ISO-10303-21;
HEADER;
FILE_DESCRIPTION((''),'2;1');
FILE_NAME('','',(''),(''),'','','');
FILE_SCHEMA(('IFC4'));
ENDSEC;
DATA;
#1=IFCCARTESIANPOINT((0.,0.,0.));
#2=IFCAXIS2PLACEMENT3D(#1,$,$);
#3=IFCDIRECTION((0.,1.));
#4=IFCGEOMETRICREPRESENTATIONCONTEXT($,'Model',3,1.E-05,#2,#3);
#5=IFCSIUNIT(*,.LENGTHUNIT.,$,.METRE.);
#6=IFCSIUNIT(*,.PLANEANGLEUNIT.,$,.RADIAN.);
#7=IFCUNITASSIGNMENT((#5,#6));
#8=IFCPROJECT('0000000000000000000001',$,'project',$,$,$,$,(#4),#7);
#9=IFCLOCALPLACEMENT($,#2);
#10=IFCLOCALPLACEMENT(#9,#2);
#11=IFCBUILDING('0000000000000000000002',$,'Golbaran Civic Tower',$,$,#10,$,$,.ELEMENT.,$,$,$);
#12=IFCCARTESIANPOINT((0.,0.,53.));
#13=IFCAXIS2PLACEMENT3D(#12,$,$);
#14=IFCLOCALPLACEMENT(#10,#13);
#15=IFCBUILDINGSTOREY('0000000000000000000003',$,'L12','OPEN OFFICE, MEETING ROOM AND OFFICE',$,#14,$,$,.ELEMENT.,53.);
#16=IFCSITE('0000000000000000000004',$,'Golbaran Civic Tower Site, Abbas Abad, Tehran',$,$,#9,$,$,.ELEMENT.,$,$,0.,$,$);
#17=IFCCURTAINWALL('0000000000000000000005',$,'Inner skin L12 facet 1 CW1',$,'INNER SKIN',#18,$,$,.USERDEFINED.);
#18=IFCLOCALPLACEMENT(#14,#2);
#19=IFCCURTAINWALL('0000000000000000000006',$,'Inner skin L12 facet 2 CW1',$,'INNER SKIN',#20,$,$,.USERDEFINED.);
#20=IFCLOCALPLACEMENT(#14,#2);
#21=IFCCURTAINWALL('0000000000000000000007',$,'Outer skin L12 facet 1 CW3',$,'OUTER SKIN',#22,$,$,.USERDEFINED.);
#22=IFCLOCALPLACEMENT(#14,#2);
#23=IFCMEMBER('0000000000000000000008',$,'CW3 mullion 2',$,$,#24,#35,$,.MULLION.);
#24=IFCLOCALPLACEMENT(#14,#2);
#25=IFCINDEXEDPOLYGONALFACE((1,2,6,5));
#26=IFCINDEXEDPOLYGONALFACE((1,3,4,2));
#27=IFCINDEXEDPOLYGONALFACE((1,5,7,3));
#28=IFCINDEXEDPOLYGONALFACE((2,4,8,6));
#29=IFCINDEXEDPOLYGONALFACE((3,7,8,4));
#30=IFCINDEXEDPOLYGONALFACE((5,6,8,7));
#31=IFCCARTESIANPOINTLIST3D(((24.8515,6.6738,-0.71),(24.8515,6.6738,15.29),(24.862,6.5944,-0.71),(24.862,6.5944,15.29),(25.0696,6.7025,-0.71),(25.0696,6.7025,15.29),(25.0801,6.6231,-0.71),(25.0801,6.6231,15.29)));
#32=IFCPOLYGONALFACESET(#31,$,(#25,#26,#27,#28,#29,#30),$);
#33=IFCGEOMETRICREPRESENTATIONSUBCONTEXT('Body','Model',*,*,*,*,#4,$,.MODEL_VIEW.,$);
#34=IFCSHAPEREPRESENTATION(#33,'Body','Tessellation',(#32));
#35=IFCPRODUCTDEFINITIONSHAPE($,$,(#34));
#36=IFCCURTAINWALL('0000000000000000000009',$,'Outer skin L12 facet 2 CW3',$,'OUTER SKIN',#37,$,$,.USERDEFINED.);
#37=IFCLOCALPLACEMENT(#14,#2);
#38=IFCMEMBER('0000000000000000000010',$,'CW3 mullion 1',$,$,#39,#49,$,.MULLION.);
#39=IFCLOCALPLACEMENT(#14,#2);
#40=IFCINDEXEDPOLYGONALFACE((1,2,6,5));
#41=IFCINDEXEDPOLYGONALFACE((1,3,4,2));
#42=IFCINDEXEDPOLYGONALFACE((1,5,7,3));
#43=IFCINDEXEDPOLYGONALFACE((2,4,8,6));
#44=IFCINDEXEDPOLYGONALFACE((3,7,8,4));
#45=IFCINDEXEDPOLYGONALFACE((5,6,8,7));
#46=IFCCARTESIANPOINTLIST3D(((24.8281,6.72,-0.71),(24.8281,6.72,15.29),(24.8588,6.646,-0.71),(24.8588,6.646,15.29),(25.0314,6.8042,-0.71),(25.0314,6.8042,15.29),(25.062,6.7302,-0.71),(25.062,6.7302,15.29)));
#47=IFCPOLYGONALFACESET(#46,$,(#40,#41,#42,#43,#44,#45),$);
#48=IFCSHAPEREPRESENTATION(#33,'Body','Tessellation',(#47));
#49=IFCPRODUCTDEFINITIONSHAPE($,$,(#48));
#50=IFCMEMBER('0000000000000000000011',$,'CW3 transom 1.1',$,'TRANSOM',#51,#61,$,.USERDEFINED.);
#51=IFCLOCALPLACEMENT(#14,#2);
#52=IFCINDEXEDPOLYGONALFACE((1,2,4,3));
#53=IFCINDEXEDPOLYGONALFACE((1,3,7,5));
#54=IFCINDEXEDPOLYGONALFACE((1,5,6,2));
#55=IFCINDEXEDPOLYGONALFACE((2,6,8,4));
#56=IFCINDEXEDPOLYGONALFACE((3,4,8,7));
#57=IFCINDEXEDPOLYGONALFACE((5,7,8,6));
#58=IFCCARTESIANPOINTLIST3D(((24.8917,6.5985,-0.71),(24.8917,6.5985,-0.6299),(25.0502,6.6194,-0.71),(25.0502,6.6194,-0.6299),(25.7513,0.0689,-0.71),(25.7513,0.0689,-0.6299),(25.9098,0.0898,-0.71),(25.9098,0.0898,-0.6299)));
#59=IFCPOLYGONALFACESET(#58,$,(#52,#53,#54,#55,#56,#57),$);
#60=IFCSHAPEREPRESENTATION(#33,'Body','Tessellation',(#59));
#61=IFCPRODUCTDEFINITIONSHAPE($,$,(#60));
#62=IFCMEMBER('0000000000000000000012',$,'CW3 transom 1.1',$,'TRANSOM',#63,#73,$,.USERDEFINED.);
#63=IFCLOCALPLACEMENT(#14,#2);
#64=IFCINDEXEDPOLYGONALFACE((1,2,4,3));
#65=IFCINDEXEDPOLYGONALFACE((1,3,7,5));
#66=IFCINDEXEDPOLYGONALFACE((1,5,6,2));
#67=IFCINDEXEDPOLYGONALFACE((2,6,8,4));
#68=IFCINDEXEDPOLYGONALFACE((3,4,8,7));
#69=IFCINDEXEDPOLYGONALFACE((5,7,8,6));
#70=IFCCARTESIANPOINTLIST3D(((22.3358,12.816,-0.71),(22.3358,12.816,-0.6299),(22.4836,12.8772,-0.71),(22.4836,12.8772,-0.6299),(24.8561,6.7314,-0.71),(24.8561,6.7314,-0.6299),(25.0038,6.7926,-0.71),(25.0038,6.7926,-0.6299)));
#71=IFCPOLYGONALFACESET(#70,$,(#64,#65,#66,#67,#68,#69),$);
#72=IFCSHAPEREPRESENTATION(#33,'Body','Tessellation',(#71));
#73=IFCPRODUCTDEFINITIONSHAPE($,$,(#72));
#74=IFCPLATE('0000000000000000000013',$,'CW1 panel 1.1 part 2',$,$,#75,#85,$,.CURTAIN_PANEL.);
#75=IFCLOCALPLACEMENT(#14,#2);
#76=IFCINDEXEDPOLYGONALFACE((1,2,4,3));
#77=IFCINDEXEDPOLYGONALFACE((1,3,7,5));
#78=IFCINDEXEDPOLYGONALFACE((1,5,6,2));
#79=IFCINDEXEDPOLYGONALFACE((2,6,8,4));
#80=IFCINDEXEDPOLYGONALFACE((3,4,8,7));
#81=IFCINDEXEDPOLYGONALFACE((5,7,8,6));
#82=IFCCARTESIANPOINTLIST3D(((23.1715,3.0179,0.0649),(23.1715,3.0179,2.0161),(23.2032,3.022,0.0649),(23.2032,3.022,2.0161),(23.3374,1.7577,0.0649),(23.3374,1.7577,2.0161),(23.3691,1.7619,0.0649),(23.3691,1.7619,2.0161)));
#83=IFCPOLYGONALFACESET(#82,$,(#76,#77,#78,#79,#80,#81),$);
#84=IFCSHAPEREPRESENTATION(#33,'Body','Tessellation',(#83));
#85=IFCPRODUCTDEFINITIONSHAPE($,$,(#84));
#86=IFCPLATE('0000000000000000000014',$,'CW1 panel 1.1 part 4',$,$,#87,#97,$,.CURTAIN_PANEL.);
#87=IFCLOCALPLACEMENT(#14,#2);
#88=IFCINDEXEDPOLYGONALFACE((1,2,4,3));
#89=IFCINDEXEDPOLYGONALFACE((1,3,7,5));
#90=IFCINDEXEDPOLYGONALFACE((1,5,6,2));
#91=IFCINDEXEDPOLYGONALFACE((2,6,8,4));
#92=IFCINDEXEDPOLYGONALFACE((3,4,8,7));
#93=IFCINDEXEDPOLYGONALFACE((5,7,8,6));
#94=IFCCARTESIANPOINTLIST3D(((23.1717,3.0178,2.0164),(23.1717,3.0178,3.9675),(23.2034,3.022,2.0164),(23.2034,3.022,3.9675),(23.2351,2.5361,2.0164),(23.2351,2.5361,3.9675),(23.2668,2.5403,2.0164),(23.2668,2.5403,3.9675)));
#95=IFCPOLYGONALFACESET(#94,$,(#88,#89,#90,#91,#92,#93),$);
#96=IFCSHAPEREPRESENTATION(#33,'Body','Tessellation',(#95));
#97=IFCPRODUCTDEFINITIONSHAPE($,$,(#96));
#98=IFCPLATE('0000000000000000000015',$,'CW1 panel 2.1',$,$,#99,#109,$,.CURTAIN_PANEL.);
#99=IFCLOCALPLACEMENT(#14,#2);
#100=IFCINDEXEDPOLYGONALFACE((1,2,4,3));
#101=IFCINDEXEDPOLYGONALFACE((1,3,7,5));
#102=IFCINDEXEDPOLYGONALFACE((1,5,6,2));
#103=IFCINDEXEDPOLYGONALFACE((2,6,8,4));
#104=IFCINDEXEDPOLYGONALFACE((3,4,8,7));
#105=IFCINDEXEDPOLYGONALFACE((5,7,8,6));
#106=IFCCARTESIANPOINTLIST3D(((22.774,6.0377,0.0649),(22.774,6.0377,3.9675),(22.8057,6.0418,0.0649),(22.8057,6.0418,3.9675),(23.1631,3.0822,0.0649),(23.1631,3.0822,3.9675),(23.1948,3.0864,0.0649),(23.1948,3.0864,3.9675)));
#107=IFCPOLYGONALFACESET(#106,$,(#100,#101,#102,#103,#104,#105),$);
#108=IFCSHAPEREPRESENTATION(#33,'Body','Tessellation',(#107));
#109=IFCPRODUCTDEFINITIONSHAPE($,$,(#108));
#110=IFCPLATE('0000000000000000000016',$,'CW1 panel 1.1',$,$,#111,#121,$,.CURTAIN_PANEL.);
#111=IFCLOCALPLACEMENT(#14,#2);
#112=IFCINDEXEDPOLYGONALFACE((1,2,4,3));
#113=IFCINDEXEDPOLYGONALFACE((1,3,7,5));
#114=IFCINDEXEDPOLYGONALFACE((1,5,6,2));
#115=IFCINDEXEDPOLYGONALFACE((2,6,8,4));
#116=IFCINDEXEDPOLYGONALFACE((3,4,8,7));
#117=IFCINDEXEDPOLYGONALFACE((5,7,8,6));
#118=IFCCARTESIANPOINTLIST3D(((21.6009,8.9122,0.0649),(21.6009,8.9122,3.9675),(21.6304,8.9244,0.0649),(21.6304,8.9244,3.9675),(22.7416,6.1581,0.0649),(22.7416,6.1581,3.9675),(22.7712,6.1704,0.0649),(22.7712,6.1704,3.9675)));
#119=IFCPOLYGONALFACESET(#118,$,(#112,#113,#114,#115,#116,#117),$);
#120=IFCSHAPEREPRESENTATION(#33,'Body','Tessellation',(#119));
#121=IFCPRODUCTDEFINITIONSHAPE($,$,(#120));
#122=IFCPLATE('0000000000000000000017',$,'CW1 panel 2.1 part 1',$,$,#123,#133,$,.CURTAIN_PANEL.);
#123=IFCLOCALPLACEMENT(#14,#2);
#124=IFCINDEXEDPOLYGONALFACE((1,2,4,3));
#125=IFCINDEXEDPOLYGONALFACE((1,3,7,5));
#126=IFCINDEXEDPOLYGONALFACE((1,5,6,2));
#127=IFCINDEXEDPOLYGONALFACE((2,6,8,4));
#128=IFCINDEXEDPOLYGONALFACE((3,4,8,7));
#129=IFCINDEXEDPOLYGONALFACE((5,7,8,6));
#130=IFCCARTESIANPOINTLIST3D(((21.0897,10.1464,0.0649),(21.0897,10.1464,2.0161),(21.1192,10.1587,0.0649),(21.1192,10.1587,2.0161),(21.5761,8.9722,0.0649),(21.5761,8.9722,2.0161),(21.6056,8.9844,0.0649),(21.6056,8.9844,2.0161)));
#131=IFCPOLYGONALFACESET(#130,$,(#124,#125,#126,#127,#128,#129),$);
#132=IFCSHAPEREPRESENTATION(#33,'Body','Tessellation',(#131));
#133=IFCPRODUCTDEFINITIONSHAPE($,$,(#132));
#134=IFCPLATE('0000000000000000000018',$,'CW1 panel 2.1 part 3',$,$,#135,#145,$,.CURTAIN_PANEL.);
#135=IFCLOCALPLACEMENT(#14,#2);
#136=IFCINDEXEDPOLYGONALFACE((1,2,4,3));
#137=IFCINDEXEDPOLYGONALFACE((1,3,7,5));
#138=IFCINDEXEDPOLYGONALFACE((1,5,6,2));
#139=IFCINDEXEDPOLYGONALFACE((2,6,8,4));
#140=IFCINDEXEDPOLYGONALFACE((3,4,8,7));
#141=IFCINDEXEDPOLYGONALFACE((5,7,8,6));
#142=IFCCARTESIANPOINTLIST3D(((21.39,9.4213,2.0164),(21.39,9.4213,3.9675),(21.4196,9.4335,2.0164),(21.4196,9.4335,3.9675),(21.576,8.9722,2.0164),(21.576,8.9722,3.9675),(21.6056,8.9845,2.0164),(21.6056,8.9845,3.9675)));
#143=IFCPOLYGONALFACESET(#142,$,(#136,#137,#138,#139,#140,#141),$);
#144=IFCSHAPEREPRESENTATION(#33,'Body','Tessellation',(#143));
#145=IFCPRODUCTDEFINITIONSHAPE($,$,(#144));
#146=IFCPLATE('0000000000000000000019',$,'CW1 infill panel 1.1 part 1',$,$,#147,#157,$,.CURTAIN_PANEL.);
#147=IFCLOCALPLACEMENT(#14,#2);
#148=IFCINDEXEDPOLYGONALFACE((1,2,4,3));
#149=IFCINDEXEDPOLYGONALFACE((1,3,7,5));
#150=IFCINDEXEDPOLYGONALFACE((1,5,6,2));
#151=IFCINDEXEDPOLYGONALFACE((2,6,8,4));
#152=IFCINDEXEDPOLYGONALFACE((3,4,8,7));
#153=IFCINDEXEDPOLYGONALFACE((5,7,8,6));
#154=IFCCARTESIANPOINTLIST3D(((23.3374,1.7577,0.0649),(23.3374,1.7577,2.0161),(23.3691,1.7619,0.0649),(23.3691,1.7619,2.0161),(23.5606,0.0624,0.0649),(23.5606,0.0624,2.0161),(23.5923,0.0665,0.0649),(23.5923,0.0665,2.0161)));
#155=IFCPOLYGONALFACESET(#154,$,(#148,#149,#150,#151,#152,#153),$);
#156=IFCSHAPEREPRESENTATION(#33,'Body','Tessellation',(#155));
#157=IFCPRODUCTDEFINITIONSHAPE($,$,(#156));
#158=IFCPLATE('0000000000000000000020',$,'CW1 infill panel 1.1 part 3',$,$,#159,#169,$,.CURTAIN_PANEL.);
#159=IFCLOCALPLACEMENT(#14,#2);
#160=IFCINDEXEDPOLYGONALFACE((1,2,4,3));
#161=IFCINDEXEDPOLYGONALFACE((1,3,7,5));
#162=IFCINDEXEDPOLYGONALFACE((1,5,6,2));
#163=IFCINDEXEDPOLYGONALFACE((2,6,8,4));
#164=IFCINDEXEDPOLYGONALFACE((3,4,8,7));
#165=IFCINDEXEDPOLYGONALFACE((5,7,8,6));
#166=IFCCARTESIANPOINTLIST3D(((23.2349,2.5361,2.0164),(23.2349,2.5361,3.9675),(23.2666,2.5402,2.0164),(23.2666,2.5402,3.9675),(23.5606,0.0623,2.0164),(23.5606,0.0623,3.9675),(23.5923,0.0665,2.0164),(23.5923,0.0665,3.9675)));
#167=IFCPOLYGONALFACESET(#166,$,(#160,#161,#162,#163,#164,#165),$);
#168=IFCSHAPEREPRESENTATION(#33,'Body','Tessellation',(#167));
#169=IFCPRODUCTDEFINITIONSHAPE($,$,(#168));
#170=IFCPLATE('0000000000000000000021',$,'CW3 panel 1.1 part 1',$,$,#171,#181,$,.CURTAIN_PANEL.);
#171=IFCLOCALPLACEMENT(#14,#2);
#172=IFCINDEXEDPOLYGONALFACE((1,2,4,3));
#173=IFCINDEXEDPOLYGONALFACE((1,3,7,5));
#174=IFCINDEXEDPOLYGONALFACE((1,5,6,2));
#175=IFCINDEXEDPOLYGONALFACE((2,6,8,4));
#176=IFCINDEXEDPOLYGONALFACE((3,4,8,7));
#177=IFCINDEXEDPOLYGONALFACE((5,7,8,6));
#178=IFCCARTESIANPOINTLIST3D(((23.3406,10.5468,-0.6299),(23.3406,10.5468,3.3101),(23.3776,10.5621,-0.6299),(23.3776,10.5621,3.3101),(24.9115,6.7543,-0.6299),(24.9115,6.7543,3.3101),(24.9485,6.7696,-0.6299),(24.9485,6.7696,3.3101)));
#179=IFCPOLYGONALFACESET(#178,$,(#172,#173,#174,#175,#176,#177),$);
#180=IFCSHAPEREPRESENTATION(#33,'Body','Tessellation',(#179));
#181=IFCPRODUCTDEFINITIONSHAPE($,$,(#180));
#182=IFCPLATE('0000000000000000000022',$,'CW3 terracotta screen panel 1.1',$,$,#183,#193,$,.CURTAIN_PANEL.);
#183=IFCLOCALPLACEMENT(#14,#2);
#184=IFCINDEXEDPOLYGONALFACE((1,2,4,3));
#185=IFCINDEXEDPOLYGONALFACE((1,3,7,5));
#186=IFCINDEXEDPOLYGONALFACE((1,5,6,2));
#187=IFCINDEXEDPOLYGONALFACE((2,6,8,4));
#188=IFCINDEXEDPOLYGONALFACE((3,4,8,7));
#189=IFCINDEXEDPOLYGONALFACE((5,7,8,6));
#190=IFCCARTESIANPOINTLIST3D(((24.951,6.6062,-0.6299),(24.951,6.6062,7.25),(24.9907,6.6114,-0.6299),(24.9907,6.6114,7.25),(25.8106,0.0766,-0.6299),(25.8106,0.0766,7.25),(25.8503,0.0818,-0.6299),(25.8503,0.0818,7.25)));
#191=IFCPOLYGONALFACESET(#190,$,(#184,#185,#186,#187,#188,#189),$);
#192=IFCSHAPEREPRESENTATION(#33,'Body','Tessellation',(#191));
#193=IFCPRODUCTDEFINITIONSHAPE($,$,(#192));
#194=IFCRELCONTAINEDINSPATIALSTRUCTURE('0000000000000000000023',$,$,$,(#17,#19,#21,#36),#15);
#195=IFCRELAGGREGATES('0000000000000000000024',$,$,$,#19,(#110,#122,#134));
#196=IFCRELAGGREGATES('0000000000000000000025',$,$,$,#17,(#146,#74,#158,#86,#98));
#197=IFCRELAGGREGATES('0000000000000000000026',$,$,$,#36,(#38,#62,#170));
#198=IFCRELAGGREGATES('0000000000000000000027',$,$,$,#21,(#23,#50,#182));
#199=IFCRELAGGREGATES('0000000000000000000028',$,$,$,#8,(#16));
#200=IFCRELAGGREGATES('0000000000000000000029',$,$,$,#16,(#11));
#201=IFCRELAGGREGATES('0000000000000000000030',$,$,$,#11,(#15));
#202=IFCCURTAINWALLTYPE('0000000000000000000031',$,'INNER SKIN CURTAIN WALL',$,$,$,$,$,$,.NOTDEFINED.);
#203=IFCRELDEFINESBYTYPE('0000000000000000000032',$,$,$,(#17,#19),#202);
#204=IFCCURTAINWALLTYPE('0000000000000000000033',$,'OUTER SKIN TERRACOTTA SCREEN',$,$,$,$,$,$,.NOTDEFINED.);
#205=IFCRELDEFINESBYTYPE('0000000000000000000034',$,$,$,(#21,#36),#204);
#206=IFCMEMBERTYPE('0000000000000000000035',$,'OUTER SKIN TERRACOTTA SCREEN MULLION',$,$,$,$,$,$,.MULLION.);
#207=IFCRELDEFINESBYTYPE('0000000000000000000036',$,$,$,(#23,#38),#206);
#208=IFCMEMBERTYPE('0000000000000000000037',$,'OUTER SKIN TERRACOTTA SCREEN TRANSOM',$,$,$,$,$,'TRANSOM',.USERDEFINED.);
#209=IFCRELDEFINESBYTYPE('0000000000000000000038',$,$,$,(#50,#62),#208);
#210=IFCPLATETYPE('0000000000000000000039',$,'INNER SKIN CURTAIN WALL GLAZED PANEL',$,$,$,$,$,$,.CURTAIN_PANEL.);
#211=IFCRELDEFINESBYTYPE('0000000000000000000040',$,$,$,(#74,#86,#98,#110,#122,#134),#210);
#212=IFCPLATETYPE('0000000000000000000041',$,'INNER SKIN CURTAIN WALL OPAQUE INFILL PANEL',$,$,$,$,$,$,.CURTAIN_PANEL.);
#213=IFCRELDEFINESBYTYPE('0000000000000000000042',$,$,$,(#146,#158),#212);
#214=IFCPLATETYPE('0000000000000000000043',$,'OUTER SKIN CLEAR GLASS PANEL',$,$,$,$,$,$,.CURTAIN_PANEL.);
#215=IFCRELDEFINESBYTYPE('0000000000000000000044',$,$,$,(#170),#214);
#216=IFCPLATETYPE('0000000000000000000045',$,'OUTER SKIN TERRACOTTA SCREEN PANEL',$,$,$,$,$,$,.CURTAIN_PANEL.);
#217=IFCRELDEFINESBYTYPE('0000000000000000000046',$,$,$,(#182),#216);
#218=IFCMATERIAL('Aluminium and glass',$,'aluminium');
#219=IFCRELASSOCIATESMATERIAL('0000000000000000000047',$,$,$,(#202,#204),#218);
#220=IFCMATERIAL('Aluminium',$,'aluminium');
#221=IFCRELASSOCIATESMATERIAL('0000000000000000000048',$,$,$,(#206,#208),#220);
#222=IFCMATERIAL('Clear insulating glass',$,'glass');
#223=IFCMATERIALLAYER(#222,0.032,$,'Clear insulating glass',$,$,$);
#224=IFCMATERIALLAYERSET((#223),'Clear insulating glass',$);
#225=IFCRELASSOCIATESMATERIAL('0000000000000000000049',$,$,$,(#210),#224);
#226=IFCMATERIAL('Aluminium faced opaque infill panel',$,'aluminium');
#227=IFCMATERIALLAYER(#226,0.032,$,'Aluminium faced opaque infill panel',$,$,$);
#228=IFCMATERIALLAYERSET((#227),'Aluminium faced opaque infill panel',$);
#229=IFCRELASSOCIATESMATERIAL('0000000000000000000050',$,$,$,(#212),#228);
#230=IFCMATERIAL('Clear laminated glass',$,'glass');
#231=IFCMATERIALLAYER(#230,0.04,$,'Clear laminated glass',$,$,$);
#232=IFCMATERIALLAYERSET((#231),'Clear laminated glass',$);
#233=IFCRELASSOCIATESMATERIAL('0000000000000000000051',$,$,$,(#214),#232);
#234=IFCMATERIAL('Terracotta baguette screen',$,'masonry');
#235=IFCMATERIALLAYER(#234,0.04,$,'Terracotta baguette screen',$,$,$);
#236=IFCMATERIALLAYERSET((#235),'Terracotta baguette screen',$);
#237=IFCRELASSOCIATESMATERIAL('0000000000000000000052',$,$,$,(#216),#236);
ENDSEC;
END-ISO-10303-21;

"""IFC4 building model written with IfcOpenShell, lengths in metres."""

from ifc_helpers import new_model, si_unit, direction, frame, origin, origin_2d, place, context, subcontext, project, spatial, rectangle, extrude, material, layer, layer_set, material_profile, profile_set, type_object, element, aggregate, save


model = new_model("IFC4")

# Units and contexts
model_context = context("Model", 3, precision=1e-05, world=origin(), true_north=direction((0.0, 1.0)))
body_context = subcontext(model_context, "Body", "Model", "MODEL_VIEW")
ifc_project = project(units=[si_unit("LENGTHUNIT", "METRE"), si_unit("PLANEANGLEUNIT", "RADIAN")], contexts=[model_context])

# Site, building, storey
site_placement = place(None, origin())
site = spatial("IfcSite", under=ifc_project, at=site_placement, Name="Golbaran Civic Tower Site, Abbas Abad, Tehran", CompositionType="ELEMENT", RefElevation=0.0)
building_placement = place(site_placement, origin())
building = spatial("IfcBuilding", under=site, at=building_placement, Name="Golbaran Civic Tower", CompositionType="ELEMENT")
storey_placement = place(building_placement, frame((0.0, 0.0, 53.0)))
storey = spatial("IfcBuildingStorey", under=building, at=storey_placement, Name="L12", Description="OPEN OFFICE, MEETING ROOM AND OFFICE", CompositionType="ELEMENT", Elevation=53.0)

# Curtain walls
ifc_material_1 = material(Name="Aluminium and glass", Category="aluminium")
curtain_wall_type_1 = type_object("IfcCurtainWallType", Name="INNER SKIN CURTAIN WALL", PredefinedType="NOTDEFINED", material=ifc_material_1)
curtain_wall_1_placement = place(storey_placement, origin())
curtain_wall_1 = element("IfcCurtainWall", 1, at=curtain_wall_1_placement, inside=storey, type_object=curtain_wall_type_1, Name="Inner skin L12 facet 1 CW1", ObjectType="INNER SKIN", PredefinedType="USERDEFINED")
ifc_material_2 = material(Name="Aluminium", Category="aluminium")
curtain_wall_2_placement = place(storey_placement, origin())
curtain_wall_2 = element("IfcCurtainWall", 2, at=curtain_wall_2_placement, inside=storey, type_object=curtain_wall_type_1, Name="Inner skin L12 facet 2 CW1", ObjectType="INNER SKIN", PredefinedType="USERDEFINED")

# Curtain wall, member
curtain_wall_type_2 = type_object("IfcCurtainWallType", Name="OUTER SKIN TERRACOTTA SCREEN", PredefinedType="NOTDEFINED", material=ifc_material_1)
curtain_wall_3_placement = place(storey_placement, origin())
curtain_wall_3 = element("IfcCurtainWall", 3, at=curtain_wall_3_placement, inside=storey, type_object=curtain_wall_type_2, Name="Outer skin L12 facet 1 CW3", ObjectType="OUTER SKIN", PredefinedType="USERDEFINED")
ifc_material_profile_1 = material_profile(ifc_material_2, rectangle(XDim=0.22, YDim=0.0801, at=origin_2d()), Name="OUTER SKIN TERRACOTTA SCREEN MULLION")
ifc_profile_set_1 = profile_set([ifc_material_profile_1], Name="Aluminium")
member_type_1 = type_object("IfcMemberType", Name="OUTER SKIN TERRACOTTA SCREEN MULLION", PredefinedType="MULLION", material=ifc_profile_set_1)
member_1_placement = place(storey_placement, frame((24.9658, 6.6484, -0.71), z_axis=(0.0, 0.0, 1.0), x_axis=(-0.991445, -0.130526, 0.0)))
member_1 = element("IfcMember", 4, at=member_1_placement, type_object=member_type_1, Name="CW3 mullion 2", PredefinedType="MULLION", context=body_context, shape_type="SweptSolid", body=[
    extrude(rectangle(XDim=0.22, YDim=0.0801, at=origin_2d()), origin(), (0.0, 0.0, 1.0), 16.0),
])

# Curtain wall, member
curtain_wall_4_placement = place(storey_placement, origin())
curtain_wall_4 = element("IfcCurtainWall", 5, at=curtain_wall_4_placement, inside=storey, type_object=curtain_wall_type_2, Name="Outer skin L12 facet 2 CW3", ObjectType="OUTER SKIN", PredefinedType="USERDEFINED")
member_2_placement = place(storey_placement, frame((24.9451, 6.7251, -0.71), z_axis=(0.0, 0.0, 1.0), x_axis=(-0.92388, -0.382683, 0.0)))
member_2 = element("IfcMember", 6, at=member_2_placement, type_object=member_type_1, Name="CW3 mullion 1", PredefinedType="MULLION", context=body_context, shape_type="SweptSolid", body=[
    extrude(rectangle(XDim=0.22, YDim=0.0801, at=origin_2d()), origin(), (0.0, 0.0, 1.0), 16.0),
])

# Members
ifc_material_profile_2 = material_profile(ifc_material_2, rectangle(XDim=0.1599, YDim=0.0801, at=origin_2d()), Name="OUTER SKIN TERRACOTTA SCREEN TRANSOM")
ifc_profile_set_2 = profile_set([ifc_material_profile_2], Name="Aluminium")
member_type_2 = type_object("IfcMemberType", Name="OUTER SKIN TERRACOTTA SCREEN TRANSOM", ElementType="TRANSOM", PredefinedType="USERDEFINED", material=ifc_profile_set_2)
member_3_placement = place(storey_placement, frame((25.8306, 0.0793, -0.6699), z_axis=(-0.130525, 0.991445, 0.0), x_axis=(-0.991445, -0.130525, 0.0)))
member_3 = element("IfcMember", 7, at=member_3_placement, type_object=member_type_2, Name="CW3 transom 1.1", ObjectType="TRANSOM", PredefinedType="USERDEFINED", context=body_context, shape_type="SweptSolid", body=[
    extrude(rectangle(XDim=0.1599, YDim=0.0801, at=origin_2d()), origin(), (0.0, 0.0, 1.0), 6.5859),
])
member_4_placement = place(storey_placement, frame((24.9299, 6.762, -0.6699), z_axis=(-0.382669, 0.923885, 0.0), x_axis=(-0.923885, -0.382669, 0.0)))
member_4 = element("IfcMember", 8, at=member_4_placement, type_object=member_type_2, Name="CW3 transom 1.1", ObjectType="TRANSOM", PredefinedType="USERDEFINED", context=body_context, shape_type="SweptSolid", body=[
    extrude(rectangle(XDim=0.1599, YDim=0.0801, at=origin_2d()), origin(), (0.0, 0.0, 1.0), 6.5859),
])

# Plates
ifc_material_3 = material(Name="Clear insulating glass", Category="glass")
ifc_layer_1 = layer(ifc_material_3, 0.032, Name="Clear insulating glass")
ifc_layer_set_1 = layer_set([ifc_layer_1], Name="Clear insulating glass")
plate_type_1 = type_object("IfcPlateType", Name="INNER SKIN CURTAIN WALL GLAZED PANEL", PredefinedType="CURTAIN_PANEL", material=ifc_layer_set_1)
plate_1_placement = place(storey_placement, frame((23.2703, 2.3899, 0.0649), z_axis=(0.0, 0.0, 1.0), x_axis=(-0.130526, 0.991445, 0.0)))
plate_1 = element("IfcPlate", 9, at=plate_1_placement, type_object=plate_type_1, Name="CW1 panel 1.1 part 2", PredefinedType="CURTAIN_PANEL", context=body_context, shape_type="SweptSolid", body=[
    extrude(rectangle(XDim=1.271, YDim=0.032, at=origin_2d()), origin(), (0.0, 0.0, 1.0), 1.9512),
])
plate_2_placement = place(storey_placement, frame((23.2192, 2.7791, 2.0164), z_axis=(0.0, 0.0, 1.0), x_axis=(-0.130526, 0.991445, 0.0)))
plate_2 = element("IfcPlate", 10, at=plate_2_placement, type_object=plate_type_1, Name="CW1 panel 1.1 part 4", PredefinedType="CURTAIN_PANEL", context=body_context, shape_type="SweptSolid", body=[
    extrude(rectangle(XDim=0.4858, YDim=0.032, at=origin_2d()), origin(), (0.0, 0.0, 1.0), 1.9512),
])
plate_3_placement = place(storey_placement, frame((22.9844, 4.562, 0.0649), z_axis=(0.0, 0.0, 1.0), x_axis=(-0.130526, 0.991445, 0.0)))
plate_3 = element("IfcPlate", 11, at=plate_3_placement, type_object=plate_type_1, Name="CW1 panel 2.1", PredefinedType="CURTAIN_PANEL", context=body_context, shape_type="SweptSolid", body=[
    extrude(rectangle(XDim=2.981, YDim=0.032, at=origin_2d()), origin(), (0.0, 0.0, 1.0), 3.9026),
])
plate_4_placement = place(storey_placement, frame((22.186, 7.5413, 0.0649), z_axis=(0.0, 0.0, 1.0), x_axis=(-0.382683, 0.92388, 0.0)))
plate_4 = element("IfcPlate", 12, at=plate_4_placement, type_object=plate_type_1, Name="CW1 panel 1.1", PredefinedType="CURTAIN_PANEL", context=body_context, shape_type="SweptSolid", body=[
    extrude(rectangle(XDim=2.981, YDim=0.032, at=origin_2d()), origin(), (0.0, 0.0, 1.0), 3.9026),
])
plate_5_placement = place(storey_placement, frame((21.3477, 9.5654, 0.0649), z_axis=(0.0, 0.0, 1.0), x_axis=(-0.382683, 0.92388, 0.0)))
plate_5 = element("IfcPlate", 13, at=plate_5_placement, type_object=plate_type_1, Name="CW1 panel 2.1 part 1", PredefinedType="CURTAIN_PANEL", context=body_context, shape_type="SweptSolid", body=[
    extrude(rectangle(XDim=1.271, YDim=0.032, at=origin_2d()), origin(), (0.0, 0.0, 1.0), 1.9512),
])
plate_6_placement = place(storey_placement, frame((21.4978, 9.2029, 2.0164), z_axis=(0.0, 0.0, 1.0), x_axis=(-0.382683, 0.92388, 0.0)))
plate_6 = element("IfcPlate", 14, at=plate_6_placement, type_object=plate_type_1, Name="CW1 panel 2.1 part 3", PredefinedType="CURTAIN_PANEL", context=body_context, shape_type="SweptSolid", body=[
    extrude(rectangle(XDim=0.4861, YDim=0.032, at=origin_2d()), origin(), (0.0, 0.0, 1.0), 1.9512),
])
aggregate(curtain_wall_2, [plate_4, plate_5, plate_6])
ifc_material_4 = material(Name="Aluminium faced opaque infill panel", Category="aluminium")
ifc_layer_2 = layer(ifc_material_4, 0.032, Name="Aluminium faced opaque infill panel")
ifc_layer_set_2 = layer_set([ifc_layer_2], Name="Aluminium faced opaque infill panel")
plate_type_2 = type_object("IfcPlateType", Name="INNER SKIN CURTAIN WALL OPAQUE INFILL PANEL", PredefinedType="CURTAIN_PANEL", material=ifc_layer_set_2)
plate_7_placement = place(storey_placement, frame((23.4648, 0.9121, 0.0649), z_axis=(0.0, 0.0, 1.0), x_axis=(-0.130526, 0.991445, 0.0)))
plate_7 = element("IfcPlate", 15, at=plate_7_placement, type_object=plate_type_2, Name="CW1 infill panel 1.1 part 1", PredefinedType="CURTAIN_PANEL", context=body_context, shape_type="SweptSolid", body=[
    extrude(rectangle(XDim=1.71, YDim=0.032, at=origin_2d()), origin(), (0.0, 0.0, 1.0), 1.9512),
])
plate_8_placement = place(storey_placement, frame((23.4136, 1.3013, 2.0164), z_axis=(0.0, 0.0, 1.0), x_axis=(-0.130526, 0.991445, 0.0)))
plate_8 = element("IfcPlate", 16, at=plate_8_placement, type_object=plate_type_2, Name="CW1 infill panel 1.1 part 3", PredefinedType="CURTAIN_PANEL", context=body_context, shape_type="SweptSolid", body=[
    extrude(rectangle(XDim=2.4951, YDim=0.032, at=origin_2d()), origin(), (0.0, 0.0, 1.0), 1.9512),
])
aggregate(curtain_wall_1, [plate_7, plate_1, plate_8, plate_2, plate_3])
ifc_material_5 = material(Name="Clear laminated glass", Category="glass")
ifc_layer_3 = layer(ifc_material_5, 0.04, Name="Clear laminated glass")
ifc_layer_set_3 = layer_set([ifc_layer_3], Name="Clear laminated glass")
plate_type_3 = type_object("IfcPlateType", Name="OUTER SKIN CLEAR GLASS PANEL", PredefinedType="CURTAIN_PANEL", material=ifc_layer_set_3)
plate_9_placement = place(storey_placement, frame((24.1445, 8.6582, -0.6299), z_axis=(0.0, 0.0, 1.0), x_axis=(-0.382683, 0.92388, 0.0)))
plate_9 = element("IfcPlate", 17, at=plate_9_placement, type_object=plate_type_3, Name="CW3 panel 1.1 part 1", PredefinedType="CURTAIN_PANEL", context=body_context, shape_type="SweptSolid", body=[
    extrude(rectangle(XDim=4.105, YDim=0.04, at=origin_2d()), origin(), (0.0, 0.0, 1.0), 3.9399),
])
aggregate(curtain_wall_4, [member_2, member_4, plate_9])
ifc_material_6 = material(Name="Terracotta baguette screen", Category="masonry")
ifc_layer_4 = layer(ifc_material_6, 0.04, Name="Terracotta baguette screen")
ifc_layer_set_4 = layer_set([ifc_layer_4], Name="Terracotta baguette screen")
plate_type_4 = type_object("IfcPlateType", Name="OUTER SKIN TERRACOTTA SCREEN PANEL", PredefinedType="CURTAIN_PANEL", material=ifc_layer_set_4)
plate_10_placement = place(storey_placement, frame((25.4006, 3.344, -0.6299), z_axis=(0.0, 0.0, 1.0), x_axis=(-0.130526, 0.991445, 0.0)))
plate_10 = element("IfcPlate", 18, at=plate_10_placement, type_object=plate_type_4, Name="CW3 terracotta screen panel 1.1", PredefinedType="CURTAIN_PANEL", context=body_context, shape_type="SweptSolid", body=[
    extrude(rectangle(XDim=6.5859, YDim=0.04, at=origin_2d()), origin(), (0.0, 0.0, 1.0), 7.8799),
])
aggregate(curtain_wall_3, [member_1, member_3, plate_10])

save(model, "model.ifc")
